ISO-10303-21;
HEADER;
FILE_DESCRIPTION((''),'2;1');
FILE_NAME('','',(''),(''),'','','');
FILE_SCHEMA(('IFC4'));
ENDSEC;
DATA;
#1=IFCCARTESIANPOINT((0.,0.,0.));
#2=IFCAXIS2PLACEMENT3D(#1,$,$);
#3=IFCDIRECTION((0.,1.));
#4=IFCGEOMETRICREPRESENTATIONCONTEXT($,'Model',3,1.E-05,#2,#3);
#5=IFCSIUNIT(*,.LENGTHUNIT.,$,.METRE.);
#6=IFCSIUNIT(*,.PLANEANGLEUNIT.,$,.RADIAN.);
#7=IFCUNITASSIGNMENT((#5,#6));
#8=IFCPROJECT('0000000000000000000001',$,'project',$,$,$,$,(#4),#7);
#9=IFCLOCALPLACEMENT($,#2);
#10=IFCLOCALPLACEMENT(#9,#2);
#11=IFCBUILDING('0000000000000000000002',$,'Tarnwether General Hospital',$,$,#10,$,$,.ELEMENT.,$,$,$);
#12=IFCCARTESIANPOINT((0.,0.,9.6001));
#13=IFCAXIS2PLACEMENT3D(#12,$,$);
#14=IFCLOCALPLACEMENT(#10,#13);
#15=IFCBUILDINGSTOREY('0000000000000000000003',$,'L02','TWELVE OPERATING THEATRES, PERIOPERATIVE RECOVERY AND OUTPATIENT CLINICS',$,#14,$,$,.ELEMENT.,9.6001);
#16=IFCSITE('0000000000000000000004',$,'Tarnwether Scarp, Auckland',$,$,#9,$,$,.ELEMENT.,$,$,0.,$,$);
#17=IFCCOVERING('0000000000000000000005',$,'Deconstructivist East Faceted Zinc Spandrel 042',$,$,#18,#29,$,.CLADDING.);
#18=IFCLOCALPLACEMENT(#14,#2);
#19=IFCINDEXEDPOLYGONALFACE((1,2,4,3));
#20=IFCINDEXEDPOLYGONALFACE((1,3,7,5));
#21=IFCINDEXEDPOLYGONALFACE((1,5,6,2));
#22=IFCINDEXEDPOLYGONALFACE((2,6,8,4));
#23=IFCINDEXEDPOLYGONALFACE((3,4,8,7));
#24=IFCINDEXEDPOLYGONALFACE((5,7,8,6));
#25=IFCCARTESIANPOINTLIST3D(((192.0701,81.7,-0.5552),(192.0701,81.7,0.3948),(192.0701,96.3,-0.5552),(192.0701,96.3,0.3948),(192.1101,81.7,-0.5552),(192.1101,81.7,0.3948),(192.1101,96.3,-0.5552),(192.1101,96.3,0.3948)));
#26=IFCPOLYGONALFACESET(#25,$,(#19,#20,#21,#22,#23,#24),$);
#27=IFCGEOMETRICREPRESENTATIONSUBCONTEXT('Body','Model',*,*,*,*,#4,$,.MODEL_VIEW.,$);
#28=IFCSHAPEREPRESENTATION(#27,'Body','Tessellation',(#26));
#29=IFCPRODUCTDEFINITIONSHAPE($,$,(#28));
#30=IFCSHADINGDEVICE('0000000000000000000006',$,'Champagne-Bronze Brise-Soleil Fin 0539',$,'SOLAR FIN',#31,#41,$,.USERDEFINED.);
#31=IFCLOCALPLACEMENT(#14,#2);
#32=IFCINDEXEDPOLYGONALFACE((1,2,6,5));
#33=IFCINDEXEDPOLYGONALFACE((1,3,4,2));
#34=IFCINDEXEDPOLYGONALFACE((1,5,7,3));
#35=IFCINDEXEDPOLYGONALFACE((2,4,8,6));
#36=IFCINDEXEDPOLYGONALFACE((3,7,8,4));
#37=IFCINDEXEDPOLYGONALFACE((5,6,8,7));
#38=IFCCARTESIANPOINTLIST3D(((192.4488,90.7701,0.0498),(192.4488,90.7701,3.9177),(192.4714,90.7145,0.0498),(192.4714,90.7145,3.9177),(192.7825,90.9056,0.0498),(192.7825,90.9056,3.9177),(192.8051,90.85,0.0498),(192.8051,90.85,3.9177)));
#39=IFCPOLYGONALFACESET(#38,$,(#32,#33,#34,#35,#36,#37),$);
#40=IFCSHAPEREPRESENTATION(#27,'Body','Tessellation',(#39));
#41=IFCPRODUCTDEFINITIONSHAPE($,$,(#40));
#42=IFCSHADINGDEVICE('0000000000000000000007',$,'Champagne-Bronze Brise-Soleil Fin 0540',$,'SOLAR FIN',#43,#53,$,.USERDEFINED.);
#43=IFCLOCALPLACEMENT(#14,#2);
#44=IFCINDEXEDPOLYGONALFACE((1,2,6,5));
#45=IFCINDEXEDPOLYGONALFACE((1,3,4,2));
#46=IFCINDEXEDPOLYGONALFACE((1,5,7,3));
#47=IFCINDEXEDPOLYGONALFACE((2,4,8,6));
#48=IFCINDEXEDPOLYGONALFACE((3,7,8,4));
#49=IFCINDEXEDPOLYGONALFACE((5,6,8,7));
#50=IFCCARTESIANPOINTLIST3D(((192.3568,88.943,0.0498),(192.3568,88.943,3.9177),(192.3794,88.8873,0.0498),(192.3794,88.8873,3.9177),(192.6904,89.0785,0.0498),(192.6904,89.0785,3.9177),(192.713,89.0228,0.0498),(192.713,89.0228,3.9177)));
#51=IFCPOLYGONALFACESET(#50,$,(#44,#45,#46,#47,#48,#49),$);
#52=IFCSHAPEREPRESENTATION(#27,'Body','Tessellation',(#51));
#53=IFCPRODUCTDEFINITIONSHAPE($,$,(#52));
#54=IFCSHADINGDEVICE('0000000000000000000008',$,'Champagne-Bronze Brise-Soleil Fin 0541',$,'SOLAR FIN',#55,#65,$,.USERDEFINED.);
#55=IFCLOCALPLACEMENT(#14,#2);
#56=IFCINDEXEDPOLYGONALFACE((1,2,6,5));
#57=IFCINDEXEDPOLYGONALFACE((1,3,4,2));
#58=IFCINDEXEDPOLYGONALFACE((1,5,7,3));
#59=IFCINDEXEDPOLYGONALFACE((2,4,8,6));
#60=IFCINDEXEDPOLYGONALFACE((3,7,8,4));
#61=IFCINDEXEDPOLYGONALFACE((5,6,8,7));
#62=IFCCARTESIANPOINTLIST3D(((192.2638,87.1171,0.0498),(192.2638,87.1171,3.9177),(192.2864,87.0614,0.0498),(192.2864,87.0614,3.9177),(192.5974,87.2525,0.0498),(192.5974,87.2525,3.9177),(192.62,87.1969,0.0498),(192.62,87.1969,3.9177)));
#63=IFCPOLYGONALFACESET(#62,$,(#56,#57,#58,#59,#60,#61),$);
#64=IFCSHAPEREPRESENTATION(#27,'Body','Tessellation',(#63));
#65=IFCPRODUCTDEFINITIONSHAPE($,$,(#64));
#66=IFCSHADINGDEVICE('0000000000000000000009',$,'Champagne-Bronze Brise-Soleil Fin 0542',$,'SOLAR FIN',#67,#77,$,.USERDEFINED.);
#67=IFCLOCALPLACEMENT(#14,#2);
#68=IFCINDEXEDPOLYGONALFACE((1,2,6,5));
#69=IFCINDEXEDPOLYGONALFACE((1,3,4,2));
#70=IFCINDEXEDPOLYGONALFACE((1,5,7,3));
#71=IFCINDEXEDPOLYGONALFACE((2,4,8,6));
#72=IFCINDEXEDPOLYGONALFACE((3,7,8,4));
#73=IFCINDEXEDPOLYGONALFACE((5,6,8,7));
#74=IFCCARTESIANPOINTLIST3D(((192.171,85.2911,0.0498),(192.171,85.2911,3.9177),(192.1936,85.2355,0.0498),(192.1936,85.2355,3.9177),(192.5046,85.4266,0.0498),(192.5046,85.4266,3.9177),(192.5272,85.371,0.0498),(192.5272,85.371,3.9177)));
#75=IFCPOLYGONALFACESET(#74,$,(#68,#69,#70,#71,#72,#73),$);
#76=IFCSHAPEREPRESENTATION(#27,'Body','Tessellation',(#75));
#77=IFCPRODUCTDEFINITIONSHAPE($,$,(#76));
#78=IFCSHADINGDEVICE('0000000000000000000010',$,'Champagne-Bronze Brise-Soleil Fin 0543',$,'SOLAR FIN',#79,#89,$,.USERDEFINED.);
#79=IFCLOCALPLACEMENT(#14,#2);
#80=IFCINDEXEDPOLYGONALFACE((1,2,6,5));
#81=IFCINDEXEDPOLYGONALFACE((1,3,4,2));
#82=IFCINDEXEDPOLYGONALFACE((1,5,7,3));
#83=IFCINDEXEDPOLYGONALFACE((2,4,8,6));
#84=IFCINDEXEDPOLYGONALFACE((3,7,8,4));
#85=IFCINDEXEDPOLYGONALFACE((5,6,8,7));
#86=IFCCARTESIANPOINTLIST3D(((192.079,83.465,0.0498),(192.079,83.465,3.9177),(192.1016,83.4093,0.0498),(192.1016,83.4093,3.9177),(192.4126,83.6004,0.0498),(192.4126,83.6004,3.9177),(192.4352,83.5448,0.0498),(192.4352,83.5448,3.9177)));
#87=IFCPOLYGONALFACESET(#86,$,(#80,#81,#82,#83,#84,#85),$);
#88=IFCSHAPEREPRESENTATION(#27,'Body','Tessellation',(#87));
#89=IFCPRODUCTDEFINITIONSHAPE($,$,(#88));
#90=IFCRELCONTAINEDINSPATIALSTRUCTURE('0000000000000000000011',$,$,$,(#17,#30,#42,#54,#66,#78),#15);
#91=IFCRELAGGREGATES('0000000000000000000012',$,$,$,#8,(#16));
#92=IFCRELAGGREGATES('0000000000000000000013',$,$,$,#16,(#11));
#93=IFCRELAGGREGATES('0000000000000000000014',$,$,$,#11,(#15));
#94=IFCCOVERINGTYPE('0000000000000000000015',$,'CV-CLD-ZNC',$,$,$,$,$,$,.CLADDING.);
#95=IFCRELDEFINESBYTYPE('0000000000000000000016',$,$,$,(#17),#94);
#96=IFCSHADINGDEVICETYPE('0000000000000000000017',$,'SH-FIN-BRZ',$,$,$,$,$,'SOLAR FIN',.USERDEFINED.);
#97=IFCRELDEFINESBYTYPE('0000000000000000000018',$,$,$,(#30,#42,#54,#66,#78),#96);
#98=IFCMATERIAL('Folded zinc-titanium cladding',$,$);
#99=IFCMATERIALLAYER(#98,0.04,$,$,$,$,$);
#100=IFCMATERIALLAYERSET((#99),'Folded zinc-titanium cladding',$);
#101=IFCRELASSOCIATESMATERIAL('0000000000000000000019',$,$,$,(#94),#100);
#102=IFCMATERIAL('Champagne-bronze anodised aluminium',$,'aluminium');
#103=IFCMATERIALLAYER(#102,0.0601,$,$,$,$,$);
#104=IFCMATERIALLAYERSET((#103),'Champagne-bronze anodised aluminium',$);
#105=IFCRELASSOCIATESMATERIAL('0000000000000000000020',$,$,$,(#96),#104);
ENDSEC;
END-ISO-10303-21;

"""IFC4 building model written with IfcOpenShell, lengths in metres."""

from ifc_helpers import new_model, si_unit, direction, frame, origin, origin_2d, place, context, subcontext, project, spatial, rectangle, extrude, material, layer, layer_set, type_object, element, save


model = new_model("IFC4")

# Units and contexts
model_context = context("Model", 3, precision=1e-05, world=origin(), true_north=direction((0.0, 1.0)))
body_context = subcontext(model_context, "Body", "Model", "MODEL_VIEW")
ifc_project = project(units=[si_unit("LENGTHUNIT", "METRE"), si_unit("PLANEANGLEUNIT", "RADIAN")], contexts=[model_context])

# Site, building, storey
site_placement = place(None, origin())
site = spatial("IfcSite", under=ifc_project, at=site_placement, Name="Tarnwether Scarp, Auckland", CompositionType="ELEMENT", RefElevation=0.0)
building_placement = place(site_placement, origin())
building = spatial("IfcBuilding", under=site, at=building_placement, Name="Tarnwether General Hospital", CompositionType="ELEMENT")
storey_placement = place(building_placement, frame((0.0, 0.0, 9.6001)))
storey = spatial("IfcBuildingStorey", under=building, at=storey_placement, Name="L02", Description="TWELVE OPERATING THEATRES, PERIOPERATIVE RECOVERY AND OUTPATIENT CLINICS", CompositionType="ELEMENT", Elevation=9.6001)

# Covering
ifc_material_1 = material(Name="Folded zinc-titanium cladding")
ifc_layer_1 = layer(ifc_material_1, 0.04)
ifc_layer_set_1 = layer_set([ifc_layer_1], Name="Folded zinc-titanium cladding")
covering_type = type_object("IfcCoveringType", Name="CV-CLD-ZNC", PredefinedType="CLADDING", material=ifc_layer_set_1)
covering_placement = place(storey_placement, frame((192.0901, 89.0, -0.5552), z_axis=(0.0, 0.0, 1.0), x_axis=(0.0, 1.0, 0.0)))
element("IfcCovering", 1, at=covering_placement, inside=storey, type_object=covering_type, Name="Deconstructivist East Faceted Zinc Spandrel 042", PredefinedType="CLADDING", context=body_context, shape_type="SweptSolid", body=[
    extrude(rectangle(XDim=14.6001, YDim=0.04, at=origin_2d()), origin(), (0.0, 0.0, 1.0), 0.95),
])

# Shading devices
ifc_material_2 = material(Name="Champagne-bronze anodised aluminium", Category="aluminium")
ifc_layer_2 = layer(ifc_material_2, 0.0601)
ifc_layer_set_2 = layer_set([ifc_layer_2], Name="Champagne-bronze anodised aluminium")
shading_device_type = type_object("IfcShadingDeviceType", Name="SH-FIN-BRZ", ElementType="SOLAR FIN", PredefinedType="USERDEFINED", material=ifc_layer_set_2)
for number, where, z_axis, x_axis, name in (
    (2, (192.627, 90.8101, 0.0498), (0.0, 0.0, 1.0), (0.376224, -0.926529, 0.0), "Champagne-Bronze Brise-Soleil Fin 0539"),
    (3, (192.5349, 88.9829, 0.0498), (0.0, 0.0, 1.0), (0.376224, -0.926529, 0.0), "Champagne-Bronze Brise-Soleil Fin 0540"),
    (4, (192.4419, 87.157, 0.0498), (0.0, 0.0, 1.0), (0.376224, -0.926529, 0.0), "Champagne-Bronze Brise-Soleil Fin 0541"),
    (5, (192.3491, 85.3311, 0.0498), (0.0, 0.0, 1.0), (0.376224, -0.926529, 0.0), "Champagne-Bronze Brise-Soleil Fin 0542"),
    (6, (192.2571, 83.5049, 0.0498), (0.0, 0.0, 1.0), (0.376224, -0.926529, 0.0), "Champagne-Bronze Brise-Soleil Fin 0543"),
):
    element("IfcShadingDevice", number, at=place(storey_placement, frame(where, z_axis=z_axis, x_axis=x_axis)), inside=storey, type_object=shading_device_type, Name=name, ObjectType="SOLAR FIN", PredefinedType="USERDEFINED", context=body_context, shape_type="SweptSolid", body=[
        extrude(rectangle(XDim=0.0601, YDim=0.3601, at=origin_2d()), origin(), (0.0, 0.0, 1.0), 3.8679),
    ])

save(model, "model.ifc")
